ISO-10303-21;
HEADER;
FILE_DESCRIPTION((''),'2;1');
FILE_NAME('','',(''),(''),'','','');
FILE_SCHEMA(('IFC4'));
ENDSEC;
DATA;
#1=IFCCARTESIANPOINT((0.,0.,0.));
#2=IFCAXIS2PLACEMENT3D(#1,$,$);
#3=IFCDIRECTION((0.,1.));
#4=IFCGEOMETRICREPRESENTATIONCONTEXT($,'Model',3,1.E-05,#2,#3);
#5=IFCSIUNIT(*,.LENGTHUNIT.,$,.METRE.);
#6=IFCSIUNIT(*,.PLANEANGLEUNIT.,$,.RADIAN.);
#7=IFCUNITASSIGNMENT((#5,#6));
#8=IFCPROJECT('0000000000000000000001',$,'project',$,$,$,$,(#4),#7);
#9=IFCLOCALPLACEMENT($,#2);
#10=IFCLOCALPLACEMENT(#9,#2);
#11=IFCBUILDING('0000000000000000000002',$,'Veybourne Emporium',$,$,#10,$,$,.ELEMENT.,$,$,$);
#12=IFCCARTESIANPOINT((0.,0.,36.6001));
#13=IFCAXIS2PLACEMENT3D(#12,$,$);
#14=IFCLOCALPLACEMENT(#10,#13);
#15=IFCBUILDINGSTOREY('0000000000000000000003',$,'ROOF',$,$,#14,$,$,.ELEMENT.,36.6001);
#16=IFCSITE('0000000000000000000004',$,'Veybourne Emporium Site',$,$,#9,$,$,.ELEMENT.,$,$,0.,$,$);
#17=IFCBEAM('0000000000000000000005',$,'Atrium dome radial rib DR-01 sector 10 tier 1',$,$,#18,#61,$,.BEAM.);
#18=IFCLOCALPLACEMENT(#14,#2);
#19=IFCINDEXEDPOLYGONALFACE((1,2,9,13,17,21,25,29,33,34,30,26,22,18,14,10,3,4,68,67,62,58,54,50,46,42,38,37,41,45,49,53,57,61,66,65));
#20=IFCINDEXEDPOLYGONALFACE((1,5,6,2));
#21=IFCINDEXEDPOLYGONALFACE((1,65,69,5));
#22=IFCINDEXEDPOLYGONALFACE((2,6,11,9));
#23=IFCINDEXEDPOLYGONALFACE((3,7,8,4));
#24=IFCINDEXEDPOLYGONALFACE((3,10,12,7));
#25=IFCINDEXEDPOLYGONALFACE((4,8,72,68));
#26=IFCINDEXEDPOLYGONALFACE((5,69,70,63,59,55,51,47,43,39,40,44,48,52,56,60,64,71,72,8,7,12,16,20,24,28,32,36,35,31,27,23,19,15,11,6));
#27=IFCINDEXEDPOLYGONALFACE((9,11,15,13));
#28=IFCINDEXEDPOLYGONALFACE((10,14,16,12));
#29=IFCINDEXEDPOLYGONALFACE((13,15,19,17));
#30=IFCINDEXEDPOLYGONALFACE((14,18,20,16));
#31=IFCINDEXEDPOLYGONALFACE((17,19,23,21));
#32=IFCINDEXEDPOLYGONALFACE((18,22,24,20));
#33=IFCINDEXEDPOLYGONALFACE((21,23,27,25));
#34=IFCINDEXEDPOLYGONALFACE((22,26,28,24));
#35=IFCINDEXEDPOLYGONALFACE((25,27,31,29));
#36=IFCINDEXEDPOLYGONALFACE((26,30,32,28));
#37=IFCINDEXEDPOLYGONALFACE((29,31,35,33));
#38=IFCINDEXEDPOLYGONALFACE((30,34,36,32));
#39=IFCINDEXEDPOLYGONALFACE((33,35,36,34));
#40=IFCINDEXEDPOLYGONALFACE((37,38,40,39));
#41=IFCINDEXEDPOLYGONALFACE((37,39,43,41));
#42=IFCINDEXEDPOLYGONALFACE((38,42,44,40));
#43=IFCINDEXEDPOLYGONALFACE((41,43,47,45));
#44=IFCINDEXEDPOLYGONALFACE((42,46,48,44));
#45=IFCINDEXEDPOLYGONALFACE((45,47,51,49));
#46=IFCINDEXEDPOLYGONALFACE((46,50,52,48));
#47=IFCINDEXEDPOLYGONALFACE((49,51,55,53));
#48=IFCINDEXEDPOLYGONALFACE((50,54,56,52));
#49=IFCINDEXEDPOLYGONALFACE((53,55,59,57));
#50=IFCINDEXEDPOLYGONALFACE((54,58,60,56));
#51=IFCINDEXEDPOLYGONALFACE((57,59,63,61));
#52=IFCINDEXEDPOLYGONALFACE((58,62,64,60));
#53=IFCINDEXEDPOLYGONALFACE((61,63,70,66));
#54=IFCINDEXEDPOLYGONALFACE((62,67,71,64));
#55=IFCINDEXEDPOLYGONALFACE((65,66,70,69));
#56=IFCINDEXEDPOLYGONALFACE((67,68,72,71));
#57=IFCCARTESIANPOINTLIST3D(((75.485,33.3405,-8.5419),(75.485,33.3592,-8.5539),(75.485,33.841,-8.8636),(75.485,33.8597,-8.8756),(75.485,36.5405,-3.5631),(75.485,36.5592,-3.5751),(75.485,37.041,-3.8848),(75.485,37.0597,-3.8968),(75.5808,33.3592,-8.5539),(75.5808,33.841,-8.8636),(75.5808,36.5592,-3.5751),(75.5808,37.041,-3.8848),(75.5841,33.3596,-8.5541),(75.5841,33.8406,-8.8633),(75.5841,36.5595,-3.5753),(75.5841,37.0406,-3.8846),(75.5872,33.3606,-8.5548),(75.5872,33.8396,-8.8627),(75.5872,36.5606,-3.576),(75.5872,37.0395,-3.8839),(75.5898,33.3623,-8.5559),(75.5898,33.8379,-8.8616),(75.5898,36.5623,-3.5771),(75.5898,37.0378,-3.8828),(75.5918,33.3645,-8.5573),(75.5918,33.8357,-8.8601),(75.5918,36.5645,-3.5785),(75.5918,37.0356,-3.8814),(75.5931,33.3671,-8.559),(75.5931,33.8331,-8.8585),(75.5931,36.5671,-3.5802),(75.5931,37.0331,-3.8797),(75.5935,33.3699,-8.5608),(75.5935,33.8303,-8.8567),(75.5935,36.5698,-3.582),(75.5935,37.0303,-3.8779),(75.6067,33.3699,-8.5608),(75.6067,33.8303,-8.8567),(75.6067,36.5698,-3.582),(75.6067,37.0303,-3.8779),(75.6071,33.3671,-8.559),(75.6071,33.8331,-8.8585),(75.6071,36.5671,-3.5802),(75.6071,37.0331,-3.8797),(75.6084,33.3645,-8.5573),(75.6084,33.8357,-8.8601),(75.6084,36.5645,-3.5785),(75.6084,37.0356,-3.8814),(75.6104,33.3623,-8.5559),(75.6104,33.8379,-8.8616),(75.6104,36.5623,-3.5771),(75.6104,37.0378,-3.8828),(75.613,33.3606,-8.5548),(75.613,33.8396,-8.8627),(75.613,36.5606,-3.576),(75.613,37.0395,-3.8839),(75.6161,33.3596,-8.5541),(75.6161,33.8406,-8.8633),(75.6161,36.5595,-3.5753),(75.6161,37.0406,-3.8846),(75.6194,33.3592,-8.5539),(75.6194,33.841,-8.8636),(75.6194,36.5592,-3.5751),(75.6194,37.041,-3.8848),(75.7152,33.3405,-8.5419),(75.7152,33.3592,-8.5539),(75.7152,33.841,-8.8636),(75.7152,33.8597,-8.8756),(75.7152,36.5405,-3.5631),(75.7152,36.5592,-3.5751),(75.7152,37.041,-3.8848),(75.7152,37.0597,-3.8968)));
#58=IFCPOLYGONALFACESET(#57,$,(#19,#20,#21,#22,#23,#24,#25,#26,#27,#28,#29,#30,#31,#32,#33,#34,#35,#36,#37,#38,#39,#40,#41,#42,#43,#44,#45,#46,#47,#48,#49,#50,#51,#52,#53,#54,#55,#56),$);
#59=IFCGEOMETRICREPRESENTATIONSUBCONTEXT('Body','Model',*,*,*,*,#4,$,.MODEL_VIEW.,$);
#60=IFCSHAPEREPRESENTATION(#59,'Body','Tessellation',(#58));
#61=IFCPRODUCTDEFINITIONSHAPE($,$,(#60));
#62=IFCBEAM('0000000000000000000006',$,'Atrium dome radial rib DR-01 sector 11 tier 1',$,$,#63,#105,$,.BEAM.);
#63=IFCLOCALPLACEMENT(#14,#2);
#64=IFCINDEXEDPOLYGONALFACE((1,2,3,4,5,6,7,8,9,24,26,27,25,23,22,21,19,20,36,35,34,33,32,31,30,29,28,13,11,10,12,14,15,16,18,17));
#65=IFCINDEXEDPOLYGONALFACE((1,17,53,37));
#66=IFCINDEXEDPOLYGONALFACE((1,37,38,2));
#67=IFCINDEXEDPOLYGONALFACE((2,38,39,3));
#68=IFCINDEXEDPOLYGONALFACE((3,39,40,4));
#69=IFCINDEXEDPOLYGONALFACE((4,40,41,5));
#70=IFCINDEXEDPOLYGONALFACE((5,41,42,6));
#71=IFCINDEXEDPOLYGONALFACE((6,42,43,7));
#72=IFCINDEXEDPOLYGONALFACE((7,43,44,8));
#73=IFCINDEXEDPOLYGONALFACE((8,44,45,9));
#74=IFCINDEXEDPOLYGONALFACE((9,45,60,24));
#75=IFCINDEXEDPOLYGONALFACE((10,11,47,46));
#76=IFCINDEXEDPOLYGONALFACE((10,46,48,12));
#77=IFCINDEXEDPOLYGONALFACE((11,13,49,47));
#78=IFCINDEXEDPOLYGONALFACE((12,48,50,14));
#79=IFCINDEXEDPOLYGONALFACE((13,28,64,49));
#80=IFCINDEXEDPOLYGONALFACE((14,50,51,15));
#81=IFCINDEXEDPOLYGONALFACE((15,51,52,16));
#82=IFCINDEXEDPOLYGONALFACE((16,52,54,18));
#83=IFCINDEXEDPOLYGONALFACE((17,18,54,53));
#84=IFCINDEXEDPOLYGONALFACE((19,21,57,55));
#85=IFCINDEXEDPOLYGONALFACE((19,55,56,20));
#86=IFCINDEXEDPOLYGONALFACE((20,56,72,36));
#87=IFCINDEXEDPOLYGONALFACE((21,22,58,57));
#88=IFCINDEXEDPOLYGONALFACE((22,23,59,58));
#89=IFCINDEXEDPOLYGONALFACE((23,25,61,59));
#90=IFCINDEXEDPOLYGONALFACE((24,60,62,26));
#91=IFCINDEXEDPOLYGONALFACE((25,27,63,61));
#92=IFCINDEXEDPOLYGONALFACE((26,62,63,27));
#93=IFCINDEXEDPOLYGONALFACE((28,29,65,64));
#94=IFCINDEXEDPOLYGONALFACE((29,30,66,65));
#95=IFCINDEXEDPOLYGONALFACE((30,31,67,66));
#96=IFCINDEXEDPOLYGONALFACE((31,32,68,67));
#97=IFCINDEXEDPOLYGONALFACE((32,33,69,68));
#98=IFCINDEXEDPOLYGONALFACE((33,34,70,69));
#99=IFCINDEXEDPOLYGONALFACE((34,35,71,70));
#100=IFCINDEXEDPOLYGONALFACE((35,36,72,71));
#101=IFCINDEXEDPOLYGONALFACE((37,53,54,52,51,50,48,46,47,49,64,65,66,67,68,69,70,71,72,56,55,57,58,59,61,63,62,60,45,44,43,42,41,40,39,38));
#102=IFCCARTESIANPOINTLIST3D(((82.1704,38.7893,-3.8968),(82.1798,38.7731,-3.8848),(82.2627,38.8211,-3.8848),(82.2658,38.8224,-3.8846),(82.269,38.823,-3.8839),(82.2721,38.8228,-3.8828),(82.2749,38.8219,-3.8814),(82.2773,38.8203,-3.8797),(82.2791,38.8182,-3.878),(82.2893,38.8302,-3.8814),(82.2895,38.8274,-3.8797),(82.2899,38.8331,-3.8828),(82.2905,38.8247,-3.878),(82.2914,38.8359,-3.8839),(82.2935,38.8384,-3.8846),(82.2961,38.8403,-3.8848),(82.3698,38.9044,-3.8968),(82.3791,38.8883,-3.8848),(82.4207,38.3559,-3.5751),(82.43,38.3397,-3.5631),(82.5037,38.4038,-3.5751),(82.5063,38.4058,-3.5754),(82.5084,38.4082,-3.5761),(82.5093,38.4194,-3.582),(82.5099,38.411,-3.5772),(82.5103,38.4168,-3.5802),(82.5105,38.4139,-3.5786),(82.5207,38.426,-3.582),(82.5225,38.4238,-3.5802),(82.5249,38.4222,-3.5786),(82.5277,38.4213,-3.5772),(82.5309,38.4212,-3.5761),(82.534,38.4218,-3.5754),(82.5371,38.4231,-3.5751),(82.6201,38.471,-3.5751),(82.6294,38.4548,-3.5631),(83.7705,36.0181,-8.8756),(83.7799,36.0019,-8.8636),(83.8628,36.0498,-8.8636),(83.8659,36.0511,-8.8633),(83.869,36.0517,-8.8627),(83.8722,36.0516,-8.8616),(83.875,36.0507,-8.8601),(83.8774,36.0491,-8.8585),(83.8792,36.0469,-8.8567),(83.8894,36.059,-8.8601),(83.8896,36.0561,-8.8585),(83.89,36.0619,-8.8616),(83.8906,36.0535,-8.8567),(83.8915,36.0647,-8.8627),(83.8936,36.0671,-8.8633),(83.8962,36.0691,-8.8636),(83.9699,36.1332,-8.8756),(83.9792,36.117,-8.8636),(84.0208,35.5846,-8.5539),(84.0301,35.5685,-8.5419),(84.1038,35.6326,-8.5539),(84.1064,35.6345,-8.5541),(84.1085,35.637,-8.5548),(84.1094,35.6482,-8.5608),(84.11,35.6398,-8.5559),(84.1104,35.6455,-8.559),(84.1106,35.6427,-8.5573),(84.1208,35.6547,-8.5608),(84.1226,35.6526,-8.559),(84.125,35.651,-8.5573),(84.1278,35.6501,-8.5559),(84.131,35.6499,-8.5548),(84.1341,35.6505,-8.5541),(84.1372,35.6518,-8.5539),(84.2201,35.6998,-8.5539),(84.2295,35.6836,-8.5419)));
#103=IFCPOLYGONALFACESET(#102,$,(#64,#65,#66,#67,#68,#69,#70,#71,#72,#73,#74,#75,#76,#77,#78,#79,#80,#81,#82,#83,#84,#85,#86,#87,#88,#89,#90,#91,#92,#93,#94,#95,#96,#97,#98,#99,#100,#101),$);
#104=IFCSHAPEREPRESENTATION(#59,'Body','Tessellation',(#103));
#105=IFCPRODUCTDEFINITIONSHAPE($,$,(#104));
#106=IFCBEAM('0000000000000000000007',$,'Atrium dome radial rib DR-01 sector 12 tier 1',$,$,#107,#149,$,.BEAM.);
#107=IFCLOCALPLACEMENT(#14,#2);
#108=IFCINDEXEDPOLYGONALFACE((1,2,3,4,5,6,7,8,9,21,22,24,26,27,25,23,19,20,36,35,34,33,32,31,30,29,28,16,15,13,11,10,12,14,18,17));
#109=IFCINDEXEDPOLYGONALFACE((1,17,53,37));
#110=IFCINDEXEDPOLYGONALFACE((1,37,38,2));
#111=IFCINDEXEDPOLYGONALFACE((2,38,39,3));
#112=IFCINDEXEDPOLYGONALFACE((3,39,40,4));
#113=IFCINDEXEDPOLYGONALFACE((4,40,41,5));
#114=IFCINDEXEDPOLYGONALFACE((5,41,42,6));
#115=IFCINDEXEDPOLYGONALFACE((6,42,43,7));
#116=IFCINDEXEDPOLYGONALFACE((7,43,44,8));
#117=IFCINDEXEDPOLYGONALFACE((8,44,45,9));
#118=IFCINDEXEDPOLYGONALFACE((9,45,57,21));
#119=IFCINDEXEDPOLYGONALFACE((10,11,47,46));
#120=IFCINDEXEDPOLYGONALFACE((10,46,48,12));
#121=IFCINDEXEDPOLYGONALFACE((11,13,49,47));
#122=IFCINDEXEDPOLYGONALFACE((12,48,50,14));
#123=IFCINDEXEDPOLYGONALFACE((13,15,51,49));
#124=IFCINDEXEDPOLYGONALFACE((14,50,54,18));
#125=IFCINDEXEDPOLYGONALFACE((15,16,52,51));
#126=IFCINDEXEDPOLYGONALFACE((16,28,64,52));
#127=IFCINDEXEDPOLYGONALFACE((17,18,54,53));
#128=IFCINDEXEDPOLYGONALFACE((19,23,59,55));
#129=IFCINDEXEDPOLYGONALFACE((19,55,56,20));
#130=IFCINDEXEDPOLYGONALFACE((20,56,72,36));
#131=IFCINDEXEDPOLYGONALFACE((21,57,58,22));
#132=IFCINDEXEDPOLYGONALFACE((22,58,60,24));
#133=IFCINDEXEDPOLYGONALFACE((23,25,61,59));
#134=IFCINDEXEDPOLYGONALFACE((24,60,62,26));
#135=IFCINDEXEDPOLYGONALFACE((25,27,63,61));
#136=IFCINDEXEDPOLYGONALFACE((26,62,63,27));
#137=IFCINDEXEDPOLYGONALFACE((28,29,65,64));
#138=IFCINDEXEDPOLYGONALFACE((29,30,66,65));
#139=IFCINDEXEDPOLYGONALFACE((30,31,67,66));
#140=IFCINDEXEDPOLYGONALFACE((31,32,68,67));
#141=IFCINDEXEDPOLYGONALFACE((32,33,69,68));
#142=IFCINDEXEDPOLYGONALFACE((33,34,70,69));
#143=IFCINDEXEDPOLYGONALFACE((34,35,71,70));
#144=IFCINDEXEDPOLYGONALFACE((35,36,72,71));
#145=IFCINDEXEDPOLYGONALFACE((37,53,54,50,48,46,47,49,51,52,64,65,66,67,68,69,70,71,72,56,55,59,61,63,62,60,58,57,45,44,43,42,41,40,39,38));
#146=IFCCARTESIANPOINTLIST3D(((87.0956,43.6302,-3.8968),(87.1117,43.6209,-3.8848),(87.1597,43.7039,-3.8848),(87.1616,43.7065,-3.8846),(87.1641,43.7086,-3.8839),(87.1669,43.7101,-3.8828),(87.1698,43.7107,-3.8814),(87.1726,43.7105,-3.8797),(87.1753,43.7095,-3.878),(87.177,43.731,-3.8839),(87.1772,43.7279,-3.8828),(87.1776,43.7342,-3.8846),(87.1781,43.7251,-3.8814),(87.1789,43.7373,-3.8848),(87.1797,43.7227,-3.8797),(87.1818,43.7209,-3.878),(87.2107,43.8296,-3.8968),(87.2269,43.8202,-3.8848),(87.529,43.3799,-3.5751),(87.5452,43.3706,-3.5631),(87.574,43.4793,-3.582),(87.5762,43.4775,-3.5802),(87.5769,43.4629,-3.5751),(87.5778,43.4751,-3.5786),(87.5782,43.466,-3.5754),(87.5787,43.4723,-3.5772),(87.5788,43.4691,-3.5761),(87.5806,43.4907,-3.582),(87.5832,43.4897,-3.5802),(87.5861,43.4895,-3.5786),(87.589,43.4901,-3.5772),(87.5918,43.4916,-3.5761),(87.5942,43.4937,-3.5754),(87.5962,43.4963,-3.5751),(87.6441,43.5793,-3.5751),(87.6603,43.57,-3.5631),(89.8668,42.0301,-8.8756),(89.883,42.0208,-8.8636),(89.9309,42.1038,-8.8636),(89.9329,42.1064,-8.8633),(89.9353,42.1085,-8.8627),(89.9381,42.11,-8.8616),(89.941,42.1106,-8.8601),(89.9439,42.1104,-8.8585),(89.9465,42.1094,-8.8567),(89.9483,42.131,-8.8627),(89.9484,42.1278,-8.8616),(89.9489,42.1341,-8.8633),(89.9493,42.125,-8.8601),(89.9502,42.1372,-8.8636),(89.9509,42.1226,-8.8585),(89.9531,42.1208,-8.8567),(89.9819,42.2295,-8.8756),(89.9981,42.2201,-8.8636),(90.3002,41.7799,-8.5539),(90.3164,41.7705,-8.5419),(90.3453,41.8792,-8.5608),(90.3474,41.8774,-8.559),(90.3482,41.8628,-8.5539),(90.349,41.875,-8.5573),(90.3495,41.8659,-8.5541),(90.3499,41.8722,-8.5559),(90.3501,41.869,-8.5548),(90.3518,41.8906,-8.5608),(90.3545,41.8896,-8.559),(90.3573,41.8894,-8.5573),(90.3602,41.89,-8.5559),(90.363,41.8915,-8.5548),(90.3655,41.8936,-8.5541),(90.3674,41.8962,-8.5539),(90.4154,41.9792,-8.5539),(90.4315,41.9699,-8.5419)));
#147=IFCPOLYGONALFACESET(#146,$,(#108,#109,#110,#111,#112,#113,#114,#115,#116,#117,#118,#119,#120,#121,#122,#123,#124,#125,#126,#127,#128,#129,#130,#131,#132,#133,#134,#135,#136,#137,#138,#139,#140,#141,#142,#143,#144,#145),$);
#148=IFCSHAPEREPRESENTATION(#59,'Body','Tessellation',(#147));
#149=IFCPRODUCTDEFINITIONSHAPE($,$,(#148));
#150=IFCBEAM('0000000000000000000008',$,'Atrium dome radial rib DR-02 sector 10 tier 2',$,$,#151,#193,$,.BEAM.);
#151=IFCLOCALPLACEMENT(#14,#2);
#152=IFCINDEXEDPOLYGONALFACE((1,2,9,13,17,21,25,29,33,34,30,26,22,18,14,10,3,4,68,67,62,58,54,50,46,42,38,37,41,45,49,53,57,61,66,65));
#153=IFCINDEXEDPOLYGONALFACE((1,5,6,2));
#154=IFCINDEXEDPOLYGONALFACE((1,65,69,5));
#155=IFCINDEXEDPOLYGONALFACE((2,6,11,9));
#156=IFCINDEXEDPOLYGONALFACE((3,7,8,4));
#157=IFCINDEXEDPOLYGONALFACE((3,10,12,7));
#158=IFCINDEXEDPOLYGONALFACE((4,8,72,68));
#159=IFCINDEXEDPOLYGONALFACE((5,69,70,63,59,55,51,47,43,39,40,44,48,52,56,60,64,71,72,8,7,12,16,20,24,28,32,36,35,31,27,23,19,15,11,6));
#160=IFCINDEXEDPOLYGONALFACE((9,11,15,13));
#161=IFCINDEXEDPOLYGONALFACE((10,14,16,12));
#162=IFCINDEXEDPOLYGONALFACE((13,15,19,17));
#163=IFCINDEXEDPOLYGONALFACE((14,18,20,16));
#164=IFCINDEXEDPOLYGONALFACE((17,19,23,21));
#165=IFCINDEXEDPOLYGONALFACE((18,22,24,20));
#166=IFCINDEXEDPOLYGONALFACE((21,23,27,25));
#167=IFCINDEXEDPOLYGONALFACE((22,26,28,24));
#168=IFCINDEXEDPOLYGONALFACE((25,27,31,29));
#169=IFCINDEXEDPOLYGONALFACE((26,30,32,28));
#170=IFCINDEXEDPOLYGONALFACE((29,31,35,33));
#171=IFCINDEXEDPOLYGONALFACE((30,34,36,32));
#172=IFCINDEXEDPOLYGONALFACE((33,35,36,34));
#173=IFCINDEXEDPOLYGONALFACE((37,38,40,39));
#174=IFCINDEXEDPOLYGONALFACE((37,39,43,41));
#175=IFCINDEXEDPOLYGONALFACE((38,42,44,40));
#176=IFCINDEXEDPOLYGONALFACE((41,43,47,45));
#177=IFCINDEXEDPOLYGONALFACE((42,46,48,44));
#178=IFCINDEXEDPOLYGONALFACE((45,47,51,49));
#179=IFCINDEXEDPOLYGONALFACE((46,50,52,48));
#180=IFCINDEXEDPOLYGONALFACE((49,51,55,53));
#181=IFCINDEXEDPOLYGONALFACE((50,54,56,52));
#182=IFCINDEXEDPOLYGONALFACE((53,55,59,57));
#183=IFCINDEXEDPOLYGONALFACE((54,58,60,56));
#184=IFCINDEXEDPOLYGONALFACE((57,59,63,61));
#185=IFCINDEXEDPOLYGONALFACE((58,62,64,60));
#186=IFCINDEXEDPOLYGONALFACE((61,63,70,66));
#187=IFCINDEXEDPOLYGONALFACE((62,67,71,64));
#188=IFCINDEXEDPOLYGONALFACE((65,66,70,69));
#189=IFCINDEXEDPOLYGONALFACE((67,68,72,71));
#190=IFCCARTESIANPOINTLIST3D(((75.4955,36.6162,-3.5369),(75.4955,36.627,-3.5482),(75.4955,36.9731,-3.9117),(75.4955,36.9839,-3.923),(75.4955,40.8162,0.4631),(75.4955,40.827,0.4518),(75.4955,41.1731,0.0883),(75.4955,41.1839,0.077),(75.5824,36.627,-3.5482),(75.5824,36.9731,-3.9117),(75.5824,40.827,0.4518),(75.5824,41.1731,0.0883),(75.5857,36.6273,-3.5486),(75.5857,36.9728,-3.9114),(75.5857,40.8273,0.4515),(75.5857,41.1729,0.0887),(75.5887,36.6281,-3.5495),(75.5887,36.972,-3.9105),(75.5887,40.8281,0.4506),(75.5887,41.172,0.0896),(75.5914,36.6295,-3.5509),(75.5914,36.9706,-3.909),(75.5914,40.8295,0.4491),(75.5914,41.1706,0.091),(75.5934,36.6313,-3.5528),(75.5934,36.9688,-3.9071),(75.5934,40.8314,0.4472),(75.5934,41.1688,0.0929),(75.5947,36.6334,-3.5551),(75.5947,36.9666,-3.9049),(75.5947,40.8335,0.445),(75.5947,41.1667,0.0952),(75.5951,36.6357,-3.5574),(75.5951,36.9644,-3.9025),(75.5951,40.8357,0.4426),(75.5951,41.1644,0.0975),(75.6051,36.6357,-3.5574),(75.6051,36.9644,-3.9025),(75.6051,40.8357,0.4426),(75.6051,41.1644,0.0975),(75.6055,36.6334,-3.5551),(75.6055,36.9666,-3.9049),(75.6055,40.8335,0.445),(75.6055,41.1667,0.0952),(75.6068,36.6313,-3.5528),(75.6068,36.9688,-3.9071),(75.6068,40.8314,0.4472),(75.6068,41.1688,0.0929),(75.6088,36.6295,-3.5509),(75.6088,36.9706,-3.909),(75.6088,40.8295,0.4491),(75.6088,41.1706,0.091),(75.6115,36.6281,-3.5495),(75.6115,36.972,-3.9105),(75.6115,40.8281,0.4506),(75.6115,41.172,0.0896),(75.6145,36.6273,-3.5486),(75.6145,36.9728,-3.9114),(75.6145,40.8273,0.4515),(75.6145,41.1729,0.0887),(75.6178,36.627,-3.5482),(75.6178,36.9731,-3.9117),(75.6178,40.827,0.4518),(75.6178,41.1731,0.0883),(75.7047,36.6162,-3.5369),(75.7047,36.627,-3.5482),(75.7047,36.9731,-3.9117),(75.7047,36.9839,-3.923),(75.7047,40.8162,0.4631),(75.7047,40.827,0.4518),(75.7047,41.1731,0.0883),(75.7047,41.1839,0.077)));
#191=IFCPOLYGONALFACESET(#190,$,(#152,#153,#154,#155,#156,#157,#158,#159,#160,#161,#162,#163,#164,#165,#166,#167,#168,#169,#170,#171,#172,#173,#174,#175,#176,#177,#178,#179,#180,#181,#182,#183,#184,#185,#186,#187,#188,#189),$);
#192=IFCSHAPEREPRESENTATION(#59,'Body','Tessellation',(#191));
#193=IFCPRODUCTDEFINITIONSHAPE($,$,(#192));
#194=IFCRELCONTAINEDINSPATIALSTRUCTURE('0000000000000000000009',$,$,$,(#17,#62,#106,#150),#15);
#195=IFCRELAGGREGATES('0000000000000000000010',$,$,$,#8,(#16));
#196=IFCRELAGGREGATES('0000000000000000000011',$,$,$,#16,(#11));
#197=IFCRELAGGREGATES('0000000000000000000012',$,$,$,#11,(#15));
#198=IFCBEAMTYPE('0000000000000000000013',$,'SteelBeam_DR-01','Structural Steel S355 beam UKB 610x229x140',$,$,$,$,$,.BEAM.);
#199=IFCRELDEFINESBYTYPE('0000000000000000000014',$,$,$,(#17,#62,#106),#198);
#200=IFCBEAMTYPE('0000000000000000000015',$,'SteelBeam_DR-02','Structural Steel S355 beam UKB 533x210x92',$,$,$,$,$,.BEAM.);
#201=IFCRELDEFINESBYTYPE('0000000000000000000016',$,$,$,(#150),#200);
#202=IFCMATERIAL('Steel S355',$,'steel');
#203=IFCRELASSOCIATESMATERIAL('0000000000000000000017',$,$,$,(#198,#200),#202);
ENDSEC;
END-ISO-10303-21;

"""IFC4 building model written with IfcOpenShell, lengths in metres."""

from ifc_helpers import new_model, si_unit, direction, frame, origin, origin_2d, place, context, subcontext, project, spatial, i_section, extrude, material, material_profile, profile_set, type_object, element, save


model = new_model("IFC4")

# Units and contexts
model_context = context("Model", 3, precision=1e-05, world=origin(), true_north=direction((0.0, 1.0)))
body_context = subcontext(model_context, "Body", "Model", "MODEL_VIEW")
ifc_project = project(units=[si_unit("LENGTHUNIT", "METRE"), si_unit("PLANEANGLEUNIT", "RADIAN")], contexts=[model_context])

# Site, building, storey
site_placement = place(None, origin())
site = spatial("IfcSite", under=ifc_project, at=site_placement, Name="Veybourne Emporium Site", CompositionType="ELEMENT", RefElevation=0.0)
building_placement = place(site_placement, origin())
building = spatial("IfcBuilding", under=site, at=building_placement, Name="Veybourne Emporium", CompositionType="ELEMENT")
storey_placement = place(building_placement, frame((0.0, 0.0, 36.6001)))
storey = spatial("IfcBuildingStorey", under=building, at=storey_placement, Name="ROOF", CompositionType="ELEMENT", Elevation=36.6001)

# Beams
ifc_material_1 = material(Name="Steel S355", Category="steel")
ifc_material_profile_1 = material_profile(ifc_material_1, i_section(OverallWidth=0.2302, OverallDepth=0.6172, WebThickness=0.0132, FlangeThickness=0.0222, FilletRadius=0.0127, at=origin_2d()), Name="UKB 610x229x140")
ifc_profile_set_1 = profile_set([ifc_material_profile_1], Name="Steel S355")
beam_type_1 = type_object("IfcBeamType", Name="SteelBeam_DR-01", Description="Structural Steel S355 beam UKB 610x229x140", PredefinedType="BEAM", material=ifc_profile_set_1)
for number, where, z_axis, x_axis, name in (
    (1, (75.6001, 33.6001, -8.7087), (0.0, 0.540676, 0.841231), (-1.0, 0.0, 0.0), "Atrium dome radial rib DR-01 sector 10 tier 1"),
    (2, (84.0, 35.8508, -8.7087), (-0.270357, 0.468237, 0.841226), (-0.866009, -0.500028, 0.0), "Atrium dome radial rib DR-01 sector 11 tier 1"),
    (3, (90.1492, 42.0, -8.7087), (-0.468237, 0.270357, 0.841226), (-0.500028, -0.866009, 0.0), "Atrium dome radial rib DR-01 sector 12 tier 1"),
):
    element("IfcBeam", number, at=place(storey_placement, frame(where, z_axis=z_axis, x_axis=x_axis)), inside=storey, type_object=beam_type_1, Name=name, PredefinedType="BEAM", context=body_context, shape_type="SweptSolid", body=[
        extrude(i_section(OverallWidth=0.2302, OverallDepth=0.6172, WebThickness=0.0132, FlangeThickness=0.0222, FilletRadius=0.0127, at=origin_2d()), origin(), (0.0, 0.0, 1.0), 5.9185),
    ])
ifc_material_profile_2 = material_profile(ifc_material_1, i_section(OverallWidth=0.2092, OverallDepth=0.5332, WebThickness=0.01, FlangeThickness=0.0156, FilletRadius=0.0127, at=origin_2d()), Name="UKB 533x210x92")
ifc_profile_set_2 = profile_set([ifc_material_profile_2], Name="Steel S355")
beam_type_2 = type_object("IfcBeamType", Name="SteelBeam_DR-02", Description="Structural Steel S355 beam UKB 533x210x92", PredefinedType="BEAM", material=ifc_profile_set_2)
beam_placement = place(storey_placement, frame((75.6001, 36.8, -3.73), z_axis=(0.0, 0.724134, 0.689659), x_axis=(-1.0, 0.0, 0.0)))
element("IfcBeam", 4, at=beam_placement, inside=storey, type_object=beam_type_2, Name="Atrium dome radial rib DR-02 sector 10 tier 2", PredefinedType="BEAM", context=body_context, shape_type="SweptSolid", body=[
    extrude(i_section(OverallWidth=0.2092, OverallDepth=0.5332, WebThickness=0.01, FlangeThickness=0.0156, FilletRadius=0.0127, at=origin_2d()), origin(), (0.0, 0.0, 1.0), 5.8),
])

save(model, "model.ifc")
